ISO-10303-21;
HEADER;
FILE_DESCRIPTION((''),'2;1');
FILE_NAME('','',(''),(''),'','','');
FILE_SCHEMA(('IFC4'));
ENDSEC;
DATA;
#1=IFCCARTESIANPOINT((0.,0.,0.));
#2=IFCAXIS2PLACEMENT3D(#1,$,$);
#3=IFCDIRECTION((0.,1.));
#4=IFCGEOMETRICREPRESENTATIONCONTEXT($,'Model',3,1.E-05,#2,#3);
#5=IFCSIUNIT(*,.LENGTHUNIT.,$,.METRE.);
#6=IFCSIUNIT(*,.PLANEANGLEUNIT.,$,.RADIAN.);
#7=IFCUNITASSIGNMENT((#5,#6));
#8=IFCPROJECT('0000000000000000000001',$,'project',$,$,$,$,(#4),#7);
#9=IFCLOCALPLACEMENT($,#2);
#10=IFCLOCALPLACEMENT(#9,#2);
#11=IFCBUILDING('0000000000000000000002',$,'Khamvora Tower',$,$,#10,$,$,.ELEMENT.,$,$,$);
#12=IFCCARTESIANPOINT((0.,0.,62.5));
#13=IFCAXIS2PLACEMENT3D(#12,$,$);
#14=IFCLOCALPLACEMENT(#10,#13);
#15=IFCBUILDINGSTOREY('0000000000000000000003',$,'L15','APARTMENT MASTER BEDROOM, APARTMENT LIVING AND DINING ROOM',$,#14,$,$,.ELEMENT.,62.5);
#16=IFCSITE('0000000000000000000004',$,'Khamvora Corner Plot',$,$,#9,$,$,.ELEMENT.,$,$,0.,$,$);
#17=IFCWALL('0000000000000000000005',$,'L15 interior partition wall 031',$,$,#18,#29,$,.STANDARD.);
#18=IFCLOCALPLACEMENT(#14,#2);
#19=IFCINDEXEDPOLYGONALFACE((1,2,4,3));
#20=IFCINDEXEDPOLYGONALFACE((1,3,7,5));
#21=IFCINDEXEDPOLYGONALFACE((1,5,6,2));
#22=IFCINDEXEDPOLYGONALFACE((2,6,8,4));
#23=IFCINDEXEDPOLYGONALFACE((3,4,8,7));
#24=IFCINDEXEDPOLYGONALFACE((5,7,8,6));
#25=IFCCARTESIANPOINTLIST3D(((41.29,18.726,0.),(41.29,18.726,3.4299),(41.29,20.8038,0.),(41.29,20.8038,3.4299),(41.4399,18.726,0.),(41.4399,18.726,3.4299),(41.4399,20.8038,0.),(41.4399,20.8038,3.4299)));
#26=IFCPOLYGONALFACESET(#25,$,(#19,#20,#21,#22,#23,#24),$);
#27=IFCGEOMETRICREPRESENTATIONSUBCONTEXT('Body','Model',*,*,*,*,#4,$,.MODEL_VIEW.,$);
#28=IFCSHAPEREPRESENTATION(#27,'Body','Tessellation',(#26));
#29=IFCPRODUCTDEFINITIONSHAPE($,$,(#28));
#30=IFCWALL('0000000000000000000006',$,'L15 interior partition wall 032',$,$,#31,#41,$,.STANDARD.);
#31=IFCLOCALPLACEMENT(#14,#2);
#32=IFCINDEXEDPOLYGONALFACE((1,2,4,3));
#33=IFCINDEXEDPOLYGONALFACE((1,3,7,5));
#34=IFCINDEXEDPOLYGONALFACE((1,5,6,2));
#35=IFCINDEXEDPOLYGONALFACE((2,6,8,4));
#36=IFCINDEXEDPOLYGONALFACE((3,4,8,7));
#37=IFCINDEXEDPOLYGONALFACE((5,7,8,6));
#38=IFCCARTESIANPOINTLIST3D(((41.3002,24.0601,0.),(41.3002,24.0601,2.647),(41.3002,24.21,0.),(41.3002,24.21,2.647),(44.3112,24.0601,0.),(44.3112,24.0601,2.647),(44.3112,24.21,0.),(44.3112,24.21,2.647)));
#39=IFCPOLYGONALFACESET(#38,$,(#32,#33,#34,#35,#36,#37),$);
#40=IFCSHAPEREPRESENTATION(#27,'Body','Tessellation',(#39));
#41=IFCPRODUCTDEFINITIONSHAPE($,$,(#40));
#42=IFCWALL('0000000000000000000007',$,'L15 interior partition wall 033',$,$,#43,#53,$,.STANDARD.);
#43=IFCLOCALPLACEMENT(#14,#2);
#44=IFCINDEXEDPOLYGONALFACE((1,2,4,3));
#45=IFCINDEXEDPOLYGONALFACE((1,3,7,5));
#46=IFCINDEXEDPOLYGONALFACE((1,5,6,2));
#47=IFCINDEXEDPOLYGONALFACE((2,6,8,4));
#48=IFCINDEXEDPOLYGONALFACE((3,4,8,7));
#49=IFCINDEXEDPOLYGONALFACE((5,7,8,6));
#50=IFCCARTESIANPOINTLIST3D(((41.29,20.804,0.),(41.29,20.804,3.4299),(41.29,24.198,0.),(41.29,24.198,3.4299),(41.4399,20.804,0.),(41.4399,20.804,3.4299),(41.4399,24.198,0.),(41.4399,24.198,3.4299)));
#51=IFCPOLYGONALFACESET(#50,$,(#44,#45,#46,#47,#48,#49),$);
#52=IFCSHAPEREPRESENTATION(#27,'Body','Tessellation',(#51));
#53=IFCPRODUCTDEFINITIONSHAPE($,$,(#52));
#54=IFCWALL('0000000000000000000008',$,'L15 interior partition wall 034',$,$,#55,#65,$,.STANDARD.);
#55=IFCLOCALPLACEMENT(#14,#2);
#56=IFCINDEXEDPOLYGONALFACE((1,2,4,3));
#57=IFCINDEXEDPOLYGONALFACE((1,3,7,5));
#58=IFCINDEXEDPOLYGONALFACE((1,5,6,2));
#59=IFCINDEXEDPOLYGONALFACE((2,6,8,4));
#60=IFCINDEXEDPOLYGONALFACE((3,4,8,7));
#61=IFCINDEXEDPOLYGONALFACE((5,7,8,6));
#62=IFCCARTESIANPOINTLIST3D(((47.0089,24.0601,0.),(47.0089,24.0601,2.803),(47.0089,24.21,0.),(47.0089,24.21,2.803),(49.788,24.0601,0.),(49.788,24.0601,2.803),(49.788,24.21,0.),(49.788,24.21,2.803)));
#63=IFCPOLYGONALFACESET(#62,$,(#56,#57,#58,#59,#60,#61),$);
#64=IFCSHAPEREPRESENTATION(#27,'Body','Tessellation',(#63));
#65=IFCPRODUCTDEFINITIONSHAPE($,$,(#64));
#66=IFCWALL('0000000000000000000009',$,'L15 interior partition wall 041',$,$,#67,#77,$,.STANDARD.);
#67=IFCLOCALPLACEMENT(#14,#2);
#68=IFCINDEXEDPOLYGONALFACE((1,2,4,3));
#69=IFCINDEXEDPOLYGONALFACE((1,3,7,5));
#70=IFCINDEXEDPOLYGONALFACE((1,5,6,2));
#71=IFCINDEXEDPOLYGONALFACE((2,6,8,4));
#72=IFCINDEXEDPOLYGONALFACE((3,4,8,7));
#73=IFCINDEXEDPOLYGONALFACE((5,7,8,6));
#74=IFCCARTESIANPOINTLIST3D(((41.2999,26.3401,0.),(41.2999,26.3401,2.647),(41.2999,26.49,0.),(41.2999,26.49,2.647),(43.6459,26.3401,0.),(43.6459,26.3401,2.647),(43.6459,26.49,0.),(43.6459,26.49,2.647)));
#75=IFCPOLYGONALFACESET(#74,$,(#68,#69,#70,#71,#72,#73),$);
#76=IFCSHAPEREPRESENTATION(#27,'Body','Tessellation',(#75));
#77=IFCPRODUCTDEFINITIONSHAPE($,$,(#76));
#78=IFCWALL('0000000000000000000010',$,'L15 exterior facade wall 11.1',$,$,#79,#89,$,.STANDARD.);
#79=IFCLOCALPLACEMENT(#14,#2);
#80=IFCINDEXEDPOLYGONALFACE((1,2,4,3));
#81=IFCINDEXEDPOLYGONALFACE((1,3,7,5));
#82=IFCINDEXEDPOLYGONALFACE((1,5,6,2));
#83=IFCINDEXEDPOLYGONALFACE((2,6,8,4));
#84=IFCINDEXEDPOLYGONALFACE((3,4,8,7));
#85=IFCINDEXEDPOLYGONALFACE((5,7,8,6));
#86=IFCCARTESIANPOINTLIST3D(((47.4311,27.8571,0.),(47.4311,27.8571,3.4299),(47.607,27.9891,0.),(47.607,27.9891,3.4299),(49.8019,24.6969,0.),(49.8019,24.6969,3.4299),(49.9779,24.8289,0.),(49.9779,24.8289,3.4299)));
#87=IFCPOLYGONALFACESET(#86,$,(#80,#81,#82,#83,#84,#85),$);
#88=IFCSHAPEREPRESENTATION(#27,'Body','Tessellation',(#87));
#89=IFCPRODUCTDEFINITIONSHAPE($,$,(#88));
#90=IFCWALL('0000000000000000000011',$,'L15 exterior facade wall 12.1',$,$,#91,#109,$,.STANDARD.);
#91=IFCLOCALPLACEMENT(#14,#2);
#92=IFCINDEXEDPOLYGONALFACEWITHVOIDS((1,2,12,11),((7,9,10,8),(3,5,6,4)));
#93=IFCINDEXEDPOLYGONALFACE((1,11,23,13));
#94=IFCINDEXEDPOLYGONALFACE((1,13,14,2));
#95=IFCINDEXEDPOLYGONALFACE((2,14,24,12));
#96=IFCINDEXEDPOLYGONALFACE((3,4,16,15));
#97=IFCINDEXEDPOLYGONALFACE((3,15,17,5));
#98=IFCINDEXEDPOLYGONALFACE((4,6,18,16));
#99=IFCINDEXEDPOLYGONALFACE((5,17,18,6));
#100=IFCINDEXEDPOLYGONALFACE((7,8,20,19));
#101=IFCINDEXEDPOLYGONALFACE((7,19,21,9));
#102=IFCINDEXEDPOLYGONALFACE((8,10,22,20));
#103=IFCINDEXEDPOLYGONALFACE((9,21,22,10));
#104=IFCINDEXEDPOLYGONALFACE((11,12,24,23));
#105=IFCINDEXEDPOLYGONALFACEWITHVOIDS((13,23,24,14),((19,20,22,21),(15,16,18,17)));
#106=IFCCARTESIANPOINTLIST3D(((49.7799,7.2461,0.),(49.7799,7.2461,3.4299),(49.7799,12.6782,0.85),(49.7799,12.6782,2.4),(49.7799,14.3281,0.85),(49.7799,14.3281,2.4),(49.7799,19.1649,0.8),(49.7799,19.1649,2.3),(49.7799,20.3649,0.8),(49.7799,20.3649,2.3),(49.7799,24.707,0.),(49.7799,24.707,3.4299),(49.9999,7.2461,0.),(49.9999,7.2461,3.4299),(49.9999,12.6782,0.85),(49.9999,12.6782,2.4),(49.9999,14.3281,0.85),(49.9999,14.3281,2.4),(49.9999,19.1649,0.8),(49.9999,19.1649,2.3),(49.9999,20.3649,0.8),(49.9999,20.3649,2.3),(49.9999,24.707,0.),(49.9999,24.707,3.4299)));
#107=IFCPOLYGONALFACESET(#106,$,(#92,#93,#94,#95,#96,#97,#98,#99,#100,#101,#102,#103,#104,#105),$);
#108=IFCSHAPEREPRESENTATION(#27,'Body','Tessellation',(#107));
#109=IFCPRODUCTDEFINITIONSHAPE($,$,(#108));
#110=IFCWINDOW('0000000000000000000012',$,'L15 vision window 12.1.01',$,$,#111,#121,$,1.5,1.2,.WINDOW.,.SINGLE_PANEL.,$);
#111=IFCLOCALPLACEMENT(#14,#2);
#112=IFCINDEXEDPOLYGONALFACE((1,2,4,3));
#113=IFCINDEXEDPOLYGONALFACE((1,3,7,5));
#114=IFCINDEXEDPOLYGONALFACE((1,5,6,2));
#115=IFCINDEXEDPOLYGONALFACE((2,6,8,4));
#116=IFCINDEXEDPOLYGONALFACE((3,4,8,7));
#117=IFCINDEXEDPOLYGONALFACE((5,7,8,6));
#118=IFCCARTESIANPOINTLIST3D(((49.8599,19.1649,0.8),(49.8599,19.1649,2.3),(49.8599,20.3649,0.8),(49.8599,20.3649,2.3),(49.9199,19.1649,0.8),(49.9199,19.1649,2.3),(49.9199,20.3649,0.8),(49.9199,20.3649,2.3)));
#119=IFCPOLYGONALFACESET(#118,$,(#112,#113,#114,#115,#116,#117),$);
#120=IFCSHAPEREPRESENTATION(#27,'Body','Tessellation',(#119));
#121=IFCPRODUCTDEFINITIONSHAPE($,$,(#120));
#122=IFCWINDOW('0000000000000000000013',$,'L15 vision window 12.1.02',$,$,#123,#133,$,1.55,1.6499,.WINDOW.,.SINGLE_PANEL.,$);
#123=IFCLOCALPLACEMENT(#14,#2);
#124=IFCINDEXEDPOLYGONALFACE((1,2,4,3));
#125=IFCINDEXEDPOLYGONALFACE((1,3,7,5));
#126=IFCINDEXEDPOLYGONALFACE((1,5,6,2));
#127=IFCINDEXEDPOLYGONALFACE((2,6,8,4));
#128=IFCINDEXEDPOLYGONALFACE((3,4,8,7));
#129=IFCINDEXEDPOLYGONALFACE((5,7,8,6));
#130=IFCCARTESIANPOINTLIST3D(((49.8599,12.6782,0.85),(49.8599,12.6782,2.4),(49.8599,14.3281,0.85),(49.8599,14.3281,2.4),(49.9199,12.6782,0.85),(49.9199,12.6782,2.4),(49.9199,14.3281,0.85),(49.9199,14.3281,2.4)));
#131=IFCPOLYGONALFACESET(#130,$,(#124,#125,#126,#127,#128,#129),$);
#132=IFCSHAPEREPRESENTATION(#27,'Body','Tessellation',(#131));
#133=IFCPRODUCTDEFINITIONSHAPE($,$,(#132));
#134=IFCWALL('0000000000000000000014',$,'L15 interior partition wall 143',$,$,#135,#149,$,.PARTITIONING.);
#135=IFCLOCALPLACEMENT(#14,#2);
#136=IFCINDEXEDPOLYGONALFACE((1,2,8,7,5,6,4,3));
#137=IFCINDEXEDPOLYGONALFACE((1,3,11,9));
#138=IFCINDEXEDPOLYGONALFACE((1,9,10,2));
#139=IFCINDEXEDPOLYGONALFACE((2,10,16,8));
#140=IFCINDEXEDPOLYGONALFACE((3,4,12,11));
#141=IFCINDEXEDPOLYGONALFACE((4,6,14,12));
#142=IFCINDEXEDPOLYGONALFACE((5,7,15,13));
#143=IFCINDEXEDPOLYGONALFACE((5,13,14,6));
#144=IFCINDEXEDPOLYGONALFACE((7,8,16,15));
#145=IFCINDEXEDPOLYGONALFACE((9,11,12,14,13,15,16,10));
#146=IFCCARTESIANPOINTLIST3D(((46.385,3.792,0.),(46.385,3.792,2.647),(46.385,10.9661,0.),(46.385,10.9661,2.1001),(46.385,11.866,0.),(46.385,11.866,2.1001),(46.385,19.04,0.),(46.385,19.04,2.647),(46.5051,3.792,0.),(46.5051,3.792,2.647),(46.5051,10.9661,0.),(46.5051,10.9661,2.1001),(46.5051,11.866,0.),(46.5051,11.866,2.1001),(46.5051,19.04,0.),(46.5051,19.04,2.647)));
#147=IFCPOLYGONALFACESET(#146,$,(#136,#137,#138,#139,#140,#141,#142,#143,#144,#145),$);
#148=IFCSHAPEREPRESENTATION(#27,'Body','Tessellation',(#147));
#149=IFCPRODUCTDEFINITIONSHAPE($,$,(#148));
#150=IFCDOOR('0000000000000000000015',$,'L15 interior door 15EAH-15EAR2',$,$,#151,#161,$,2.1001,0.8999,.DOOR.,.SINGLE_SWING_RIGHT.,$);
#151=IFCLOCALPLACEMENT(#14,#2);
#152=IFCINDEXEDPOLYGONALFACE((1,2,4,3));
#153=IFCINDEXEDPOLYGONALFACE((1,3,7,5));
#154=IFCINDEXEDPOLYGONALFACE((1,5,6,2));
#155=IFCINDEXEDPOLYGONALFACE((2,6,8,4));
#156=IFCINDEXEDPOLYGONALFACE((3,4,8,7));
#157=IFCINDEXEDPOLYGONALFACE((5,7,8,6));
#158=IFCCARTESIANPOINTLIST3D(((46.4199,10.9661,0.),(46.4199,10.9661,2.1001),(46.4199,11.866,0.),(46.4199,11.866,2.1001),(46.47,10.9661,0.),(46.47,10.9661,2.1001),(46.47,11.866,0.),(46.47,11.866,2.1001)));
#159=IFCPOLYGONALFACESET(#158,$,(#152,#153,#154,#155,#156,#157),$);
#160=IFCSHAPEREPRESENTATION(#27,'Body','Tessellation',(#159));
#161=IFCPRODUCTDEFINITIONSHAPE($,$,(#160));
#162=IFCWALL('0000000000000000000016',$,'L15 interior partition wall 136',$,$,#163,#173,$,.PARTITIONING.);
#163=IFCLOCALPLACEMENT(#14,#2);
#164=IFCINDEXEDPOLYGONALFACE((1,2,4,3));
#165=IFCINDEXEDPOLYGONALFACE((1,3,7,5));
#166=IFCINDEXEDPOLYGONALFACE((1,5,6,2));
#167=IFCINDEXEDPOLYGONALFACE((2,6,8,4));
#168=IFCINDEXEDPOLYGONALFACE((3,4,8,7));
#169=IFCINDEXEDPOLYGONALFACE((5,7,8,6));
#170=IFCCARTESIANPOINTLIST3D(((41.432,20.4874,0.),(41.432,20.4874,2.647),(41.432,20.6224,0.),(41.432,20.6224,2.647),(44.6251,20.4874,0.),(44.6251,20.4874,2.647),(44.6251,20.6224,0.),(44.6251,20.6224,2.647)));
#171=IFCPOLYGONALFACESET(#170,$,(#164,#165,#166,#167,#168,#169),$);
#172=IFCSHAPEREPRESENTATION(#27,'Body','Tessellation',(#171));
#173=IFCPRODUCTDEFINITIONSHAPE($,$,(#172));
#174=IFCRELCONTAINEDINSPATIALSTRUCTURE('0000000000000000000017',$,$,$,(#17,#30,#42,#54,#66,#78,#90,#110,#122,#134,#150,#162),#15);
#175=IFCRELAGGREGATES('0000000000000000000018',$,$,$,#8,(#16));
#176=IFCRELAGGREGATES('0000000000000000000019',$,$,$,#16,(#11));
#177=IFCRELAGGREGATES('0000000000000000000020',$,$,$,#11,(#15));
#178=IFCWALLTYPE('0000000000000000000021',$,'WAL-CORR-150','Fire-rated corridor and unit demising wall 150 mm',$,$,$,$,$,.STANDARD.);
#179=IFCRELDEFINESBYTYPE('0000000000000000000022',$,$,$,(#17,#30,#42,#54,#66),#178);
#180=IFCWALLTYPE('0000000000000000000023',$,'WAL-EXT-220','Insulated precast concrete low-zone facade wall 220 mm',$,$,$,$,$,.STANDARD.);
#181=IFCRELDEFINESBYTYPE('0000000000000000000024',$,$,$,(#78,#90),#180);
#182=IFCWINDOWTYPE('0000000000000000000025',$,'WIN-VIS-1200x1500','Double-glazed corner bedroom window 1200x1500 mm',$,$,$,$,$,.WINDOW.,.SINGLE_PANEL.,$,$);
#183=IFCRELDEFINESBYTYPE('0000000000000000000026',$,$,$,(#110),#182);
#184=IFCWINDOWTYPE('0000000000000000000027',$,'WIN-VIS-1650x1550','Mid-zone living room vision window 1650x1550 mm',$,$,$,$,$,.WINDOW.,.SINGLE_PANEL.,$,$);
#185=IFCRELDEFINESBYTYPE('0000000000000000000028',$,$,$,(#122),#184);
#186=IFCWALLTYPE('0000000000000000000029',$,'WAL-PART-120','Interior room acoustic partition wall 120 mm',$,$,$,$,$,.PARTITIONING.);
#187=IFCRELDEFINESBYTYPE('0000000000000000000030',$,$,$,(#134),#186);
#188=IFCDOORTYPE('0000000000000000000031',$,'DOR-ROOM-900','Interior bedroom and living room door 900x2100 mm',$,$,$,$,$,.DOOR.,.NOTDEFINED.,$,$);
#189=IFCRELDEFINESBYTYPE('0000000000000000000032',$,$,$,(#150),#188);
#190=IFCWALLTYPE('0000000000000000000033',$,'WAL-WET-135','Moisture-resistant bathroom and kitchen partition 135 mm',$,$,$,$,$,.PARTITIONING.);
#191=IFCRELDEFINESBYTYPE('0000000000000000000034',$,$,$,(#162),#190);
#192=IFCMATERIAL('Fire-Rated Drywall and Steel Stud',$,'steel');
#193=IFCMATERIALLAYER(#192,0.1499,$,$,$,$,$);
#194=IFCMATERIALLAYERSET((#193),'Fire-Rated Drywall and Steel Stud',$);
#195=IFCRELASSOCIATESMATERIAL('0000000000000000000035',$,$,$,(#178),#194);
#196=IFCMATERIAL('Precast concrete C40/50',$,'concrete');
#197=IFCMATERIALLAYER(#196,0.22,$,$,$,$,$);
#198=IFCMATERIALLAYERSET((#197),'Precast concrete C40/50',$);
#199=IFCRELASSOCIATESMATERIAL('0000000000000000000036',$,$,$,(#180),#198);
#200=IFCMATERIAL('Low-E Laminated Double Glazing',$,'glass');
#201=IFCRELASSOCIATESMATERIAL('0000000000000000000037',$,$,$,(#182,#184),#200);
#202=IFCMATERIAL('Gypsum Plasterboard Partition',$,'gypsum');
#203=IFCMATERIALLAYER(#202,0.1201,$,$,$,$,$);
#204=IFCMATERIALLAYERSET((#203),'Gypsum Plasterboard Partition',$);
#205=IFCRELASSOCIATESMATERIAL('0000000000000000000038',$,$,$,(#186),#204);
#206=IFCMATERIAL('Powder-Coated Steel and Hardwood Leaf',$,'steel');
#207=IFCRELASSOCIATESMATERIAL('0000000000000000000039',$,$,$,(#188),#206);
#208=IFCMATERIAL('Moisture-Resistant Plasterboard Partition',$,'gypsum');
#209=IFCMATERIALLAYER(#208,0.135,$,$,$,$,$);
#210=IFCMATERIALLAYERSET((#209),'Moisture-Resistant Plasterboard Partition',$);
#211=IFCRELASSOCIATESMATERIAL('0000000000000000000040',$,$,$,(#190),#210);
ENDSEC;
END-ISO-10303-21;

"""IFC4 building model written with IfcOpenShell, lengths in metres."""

from ifc_helpers import new_model, si_unit, direction, frame, frame_2d, origin, place, context, subcontext, project, spatial, rectangle, extrude, material, layer, layer_set, type_object, element, fill, save


model = new_model("IFC4")

# Units and contexts
model_context = context("Model", 3, precision=1e-05, world=origin(), true_north=direction((0.0, 1.0)))
body_context = subcontext(model_context, "Body", "Model", "MODEL_VIEW")
ifc_project = project(units=[si_unit("LENGTHUNIT", "METRE"), si_unit("PLANEANGLEUNIT", "RADIAN")], contexts=[model_context])

# Site, building, storey
site_placement = place(None, origin())
site = spatial("IfcSite", under=ifc_project, at=site_placement, Name="Khamvora Corner Plot", CompositionType="ELEMENT", RefElevation=0.0)
building_placement = place(site_placement, origin())
building = spatial("IfcBuilding", under=site, at=building_placement, Name="Khamvora Tower", CompositionType="ELEMENT")
storey_placement = place(building_placement, frame((0.0, 0.0, 62.5)))
storey = spatial("IfcBuildingStorey", under=building, at=storey_placement, Name="L15", Description="APARTMENT MASTER BEDROOM, APARTMENT LIVING AND DINING ROOM", CompositionType="ELEMENT", Elevation=62.5)

# Shared definitions
ifc_material_1 = material(Name="Fire-Rated Drywall and Steel Stud", Category="steel")
ifc_layer_1 = layer(ifc_material_1, 0.1499)
ifc_layer_set_1 = layer_set([ifc_layer_1], Name="Fire-Rated Drywall and Steel Stud")
wall_type_1 = type_object("IfcWallType", Name="WAL-CORR-150", Description="Fire-rated corridor and unit demising wall 150 mm", PredefinedType="STANDARD", material=ifc_layer_set_1)
ifc_material_2 = material(Name="Powder-Coated Steel and Hardwood Leaf", Category="steel")

# Walls
wall_1_placement = place(storey_placement, frame((41.365, 20.804, 0.0), z_axis=(0.0, 0.0, 1.0), x_axis=(0.0, -1.0, 0.0)))
element("IfcWall", 1, at=wall_1_placement, inside=storey, type_object=wall_type_1, Name="L15 interior partition wall 031", PredefinedType="STANDARD", context=body_context, shape_type="SweptSolid", body=[
    extrude(rectangle(XDim=2.0779, YDim=0.1499, at=frame_2d((1.0391, 0.0))), origin(), (0.0, 0.0, 1.0), 3.4299),
])
wall_2_placement = place(storey_placement, frame((44.311, 24.135, 0.0), z_axis=(0.0, 0.0, 1.0), x_axis=(-1.0, 0.0, 0.0)))
element("IfcWall", 2, at=wall_2_placement, inside=storey, type_object=wall_type_1, Name="L15 interior partition wall 032", PredefinedType="STANDARD", context=body_context, shape_type="SweptSolid", body=[
    extrude(rectangle(XDim=3.011, YDim=0.1499, at=frame_2d((1.5054, 0.0))), origin(), (0.0, 0.0, 1.0), 2.647),
])
wall_3_placement = place(storey_placement, frame((41.365, 24.198, 0.0), z_axis=(0.0, 0.0, 1.0), x_axis=(0.0, -1.0, 0.0)))
element("IfcWall", 3, at=wall_3_placement, inside=storey, type_object=wall_type_1, Name="L15 interior partition wall 033", PredefinedType="STANDARD", context=body_context, shape_type="SweptSolid", body=[
    extrude(rectangle(XDim=3.394, YDim=0.1499, at=frame_2d((1.697, 0.0))), origin(), (0.0, 0.0, 1.0), 3.4299),
])
wall_4_placement = place(storey_placement, frame((49.7881, 24.135, 0.0), z_axis=(0.0, 0.0, 1.0), x_axis=(-1.0, 0.0, 0.0)))
element("IfcWall", 4, at=wall_4_placement, inside=storey, type_object=wall_type_1, Name="L15 interior partition wall 034", PredefinedType="STANDARD", context=body_context, shape_type="SweptSolid", body=[
    extrude(rectangle(XDim=2.7791, YDim=0.1499, at=frame_2d((1.3896, 0.0))), origin(), (0.0, 0.0, 1.0), 2.803),
])

# Walls
wall_5_placement = place(storey_placement, frame((41.3, 26.415, 0.0), z_axis=(0.0, 0.0, 1.0), x_axis=(1.0, 0.0, 0.0)))
element("IfcWall", 5, at=wall_5_placement, inside=storey, type_object=wall_type_1, Name="L15 interior partition wall 041", PredefinedType="STANDARD", context=body_context, shape_type="SweptSolid", body=[
    extrude(rectangle(XDim=2.3459, YDim=0.1499, at=frame_2d((1.1729, 0.0))), origin(), (0.0, 0.0, 1.0), 2.647),
])
ifc_material_3 = material(Name="Precast concrete C40/50", Category="concrete")
ifc_layer_2 = layer(ifc_material_3, 0.22)
ifc_layer_set_2 = layer_set([ifc_layer_2], Name="Precast concrete C40/50")
wall_type_2 = type_object("IfcWallType", Name="WAL-EXT-220", Description="Insulated precast concrete low-zone facade wall 220 mm", PredefinedType="STANDARD", material=ifc_layer_set_2)
wall_6_placement = place(storey_placement, frame((47.519, 27.9231, 0.0), z_axis=(0.0, 0.0, 1.0), x_axis=(0.600119, -0.799911, 0.0)))
element("IfcWall", 6, at=wall_6_placement, inside=storey, type_object=wall_type_2, Name="L15 exterior facade wall 11.1", PredefinedType="STANDARD", context=body_context, shape_type="SweptSolid", body=[
    extrude(rectangle(XDim=3.9507, YDim=0.22, at=frame_2d((1.9753, 0.0))), origin(), (0.0, 0.0, 1.0), 3.4299),
])

# Wall, openings, windows
wall_7_placement = place(storey_placement, frame((49.8899, 24.707, 0.0), z_axis=(0.0, 0.0, 1.0), x_axis=(0.0, -1.0, 0.0)))
wall_7 = element("IfcWall", 7, at=wall_7_placement, inside=storey, type_object=wall_type_2, Name="L15 exterior facade wall 12.1", PredefinedType="STANDARD", context=body_context, shape_type="SweptSolid", body=[
    extrude(rectangle(XDim=17.4609, YDim=0.22, at=frame_2d((8.7305, 0.0))), origin(), (0.0, 0.0, 1.0), 3.4299),
])
opening_1_placement = place(wall_7_placement, frame((4.342, 0.0, 0.8)))
opening_1 = element("IfcOpeningElement", 8, at=opening_1_placement, cuts=wall_7, PredefinedType="OPENING", context=body_context, shape_type="SweptSolid", body=[
    extrude(rectangle(XDim=1.2, YDim=1.5, at=frame_2d((0.6001, 0.75))), frame((0.0, 0.1199, 0.0), z_axis=(0.0, -1.0, 0.0), x_axis=(1.0, 0.0, 0.0)), (0.0, 0.0, 1.0), 0.24),
])
opening_2_placement = place(wall_7_placement, frame((10.3789, 0.0, 0.8501)))
opening_2 = element("IfcOpeningElement", 9, at=opening_2_placement, cuts=wall_7, PredefinedType="OPENING", context=body_context, shape_type="SweptSolid", body=[
    extrude(rectangle(XDim=1.6499, YDim=1.55, at=frame_2d((0.825, 0.7749))), frame((0.0, 0.1199, 0.0), z_axis=(0.0, -1.0, 0.0), x_axis=(1.0, 0.0, 0.0)), (0.0, 0.0, 1.0), 0.24),
])
ifc_material_4 = material(Name="Low-E Laminated Double Glazing", Category="glass")
window_type_1 = type_object("IfcWindowType", Name="WIN-VIS-1200x1500", Description="Double-glazed corner bedroom window 1200x1500 mm", PartitioningType="SINGLE_PANEL", PredefinedType="WINDOW", material=ifc_material_4)
window_1_placement = place(opening_1_placement, origin())
window_1 = element("IfcWindow", 10, at=window_1_placement, inside=storey, type_object=window_type_1, Name="L15 vision window 12.1.01", OverallHeight=1.5, OverallWidth=1.2, PartitioningType="SINGLE_PANEL", PredefinedType="WINDOW", context=body_context, shape_type="SweptSolid", body=[
    extrude(rectangle(XDim=1.2, YDim=1.5, at=frame_2d((0.6001, 0.75))), frame((0.0, 0.03, 0.0), z_axis=(0.0, -1.0, 0.0), x_axis=(1.0, 0.0, 0.0)), (0.0, 0.0, 1.0), 0.0601),
])
fill(opening_1, window_1)
window_type_2 = type_object("IfcWindowType", Name="WIN-VIS-1650x1550", Description="Mid-zone living room vision window 1650x1550 mm", PartitioningType="SINGLE_PANEL", PredefinedType="WINDOW", material=ifc_material_4)
window_2_placement = place(opening_2_placement, origin())
window_2 = element("IfcWindow", 11, at=window_2_placement, inside=storey, type_object=window_type_2, Name="L15 vision window 12.1.02", OverallHeight=1.55, OverallWidth=1.6499, PartitioningType="SINGLE_PANEL", PredefinedType="WINDOW", context=body_context, shape_type="SweptSolid", body=[
    extrude(rectangle(XDim=1.6499, YDim=1.55, at=frame_2d((0.825, 0.7749))), frame((0.0, 0.03, 0.0), z_axis=(0.0, -1.0, 0.0), x_axis=(1.0, 0.0, 0.0)), (0.0, 0.0, 1.0), 0.0601),
])
fill(opening_2, window_2)

# Wall, opening, door
ifc_material_5 = material(Name="Gypsum Plasterboard Partition", Category="gypsum")
ifc_layer_3 = layer(ifc_material_5, 0.1201)
ifc_layer_set_3 = layer_set([ifc_layer_3], Name="Gypsum Plasterboard Partition")
wall_type_3 = type_object("IfcWallType", Name="WAL-PART-120", Description="Interior room acoustic partition wall 120 mm", PredefinedType="PARTITIONING", material=ifc_layer_set_3)
wall_8_placement = place(storey_placement, frame((46.4451, 19.04, 0.0), z_axis=(0.0, 0.0, 1.0), x_axis=(0.0, -1.0, 0.0)))
wall_8 = element("IfcWall", 12, at=wall_8_placement, inside=storey, type_object=wall_type_3, Name="L15 interior partition wall 143", PredefinedType="PARTITIONING", context=body_context, shape_type="SweptSolid", body=[
    extrude(rectangle(XDim=15.248, YDim=0.1201, at=frame_2d((7.624, 0.0))), origin(), (0.0, 0.0, 1.0), 2.647),
])
opening_3_placement = place(wall_8_placement, frame((7.1741, 0.0, 0.0)))
opening_3 = element("IfcOpeningElement", 13, at=opening_3_placement, cuts=wall_8, PredefinedType="OPENING", context=body_context, shape_type="SweptSolid", body=[
    extrude(rectangle(XDim=0.8999, YDim=2.1001, at=frame_2d((0.45, 1.05))), frame((0.0, 0.0701, 0.0), z_axis=(0.0, -1.0, 0.0), x_axis=(1.0, 0.0, 0.0)), (0.0, 0.0, 1.0), 0.1401),
])
door_type_1 = type_object("IfcDoorType", Name="DOR-ROOM-900", Description="Interior bedroom and living room door 900x2100 mm", OperationType="NOTDEFINED", PredefinedType="DOOR", material=ifc_material_2)
door_1_placement = place(opening_3_placement, origin())
door_1 = element("IfcDoor", 14, at=door_1_placement, inside=storey, type_object=door_type_1, Name="L15 interior door 15EAH-15EAR2", OperationType="SINGLE_SWING_RIGHT", OverallHeight=2.1001, OverallWidth=0.8999, PredefinedType="DOOR", context=body_context, shape_type="SweptSolid", body=[
    extrude(rectangle(XDim=0.8999, YDim=2.1001, at=frame_2d((0.45, 1.05))), frame((0.0, 0.0249, 0.0), z_axis=(0.0, -1.0, 0.0), x_axis=(1.0, 0.0, 0.0)), (0.0, 0.0, 1.0), 0.05),
])
fill(opening_3, door_1)

# Wall
ifc_material_6 = material(Name="Moisture-Resistant Plasterboard Partition", Category="gypsum")
ifc_layer_4 = layer(ifc_material_6, 0.135)
ifc_layer_set_4 = layer_set([ifc_layer_4], Name="Moisture-Resistant Plasterboard Partition")
wall_type_4 = type_object("IfcWallType", Name="WAL-WET-135", Description="Moisture-resistant bathroom and kitchen partition 135 mm", PredefinedType="PARTITIONING", material=ifc_layer_set_4)
wall_9_placement = place(storey_placement, frame((41.4319, 20.5549, 0.0), z_axis=(0.0, 0.0, 1.0), x_axis=(1.0, 0.0, 0.0)))
element("IfcWall", 15, at=wall_9_placement, inside=storey, type_object=wall_type_4, Name="L15 interior partition wall 136", PredefinedType="PARTITIONING", context=body_context, shape_type="SweptSolid", body=[
    extrude(rectangle(XDim=3.1931, YDim=0.135, at=frame_2d((1.5967, 0.0))), origin(), (0.0, 0.0, 1.0), 2.647),
])

save(model, "model.ifc")
